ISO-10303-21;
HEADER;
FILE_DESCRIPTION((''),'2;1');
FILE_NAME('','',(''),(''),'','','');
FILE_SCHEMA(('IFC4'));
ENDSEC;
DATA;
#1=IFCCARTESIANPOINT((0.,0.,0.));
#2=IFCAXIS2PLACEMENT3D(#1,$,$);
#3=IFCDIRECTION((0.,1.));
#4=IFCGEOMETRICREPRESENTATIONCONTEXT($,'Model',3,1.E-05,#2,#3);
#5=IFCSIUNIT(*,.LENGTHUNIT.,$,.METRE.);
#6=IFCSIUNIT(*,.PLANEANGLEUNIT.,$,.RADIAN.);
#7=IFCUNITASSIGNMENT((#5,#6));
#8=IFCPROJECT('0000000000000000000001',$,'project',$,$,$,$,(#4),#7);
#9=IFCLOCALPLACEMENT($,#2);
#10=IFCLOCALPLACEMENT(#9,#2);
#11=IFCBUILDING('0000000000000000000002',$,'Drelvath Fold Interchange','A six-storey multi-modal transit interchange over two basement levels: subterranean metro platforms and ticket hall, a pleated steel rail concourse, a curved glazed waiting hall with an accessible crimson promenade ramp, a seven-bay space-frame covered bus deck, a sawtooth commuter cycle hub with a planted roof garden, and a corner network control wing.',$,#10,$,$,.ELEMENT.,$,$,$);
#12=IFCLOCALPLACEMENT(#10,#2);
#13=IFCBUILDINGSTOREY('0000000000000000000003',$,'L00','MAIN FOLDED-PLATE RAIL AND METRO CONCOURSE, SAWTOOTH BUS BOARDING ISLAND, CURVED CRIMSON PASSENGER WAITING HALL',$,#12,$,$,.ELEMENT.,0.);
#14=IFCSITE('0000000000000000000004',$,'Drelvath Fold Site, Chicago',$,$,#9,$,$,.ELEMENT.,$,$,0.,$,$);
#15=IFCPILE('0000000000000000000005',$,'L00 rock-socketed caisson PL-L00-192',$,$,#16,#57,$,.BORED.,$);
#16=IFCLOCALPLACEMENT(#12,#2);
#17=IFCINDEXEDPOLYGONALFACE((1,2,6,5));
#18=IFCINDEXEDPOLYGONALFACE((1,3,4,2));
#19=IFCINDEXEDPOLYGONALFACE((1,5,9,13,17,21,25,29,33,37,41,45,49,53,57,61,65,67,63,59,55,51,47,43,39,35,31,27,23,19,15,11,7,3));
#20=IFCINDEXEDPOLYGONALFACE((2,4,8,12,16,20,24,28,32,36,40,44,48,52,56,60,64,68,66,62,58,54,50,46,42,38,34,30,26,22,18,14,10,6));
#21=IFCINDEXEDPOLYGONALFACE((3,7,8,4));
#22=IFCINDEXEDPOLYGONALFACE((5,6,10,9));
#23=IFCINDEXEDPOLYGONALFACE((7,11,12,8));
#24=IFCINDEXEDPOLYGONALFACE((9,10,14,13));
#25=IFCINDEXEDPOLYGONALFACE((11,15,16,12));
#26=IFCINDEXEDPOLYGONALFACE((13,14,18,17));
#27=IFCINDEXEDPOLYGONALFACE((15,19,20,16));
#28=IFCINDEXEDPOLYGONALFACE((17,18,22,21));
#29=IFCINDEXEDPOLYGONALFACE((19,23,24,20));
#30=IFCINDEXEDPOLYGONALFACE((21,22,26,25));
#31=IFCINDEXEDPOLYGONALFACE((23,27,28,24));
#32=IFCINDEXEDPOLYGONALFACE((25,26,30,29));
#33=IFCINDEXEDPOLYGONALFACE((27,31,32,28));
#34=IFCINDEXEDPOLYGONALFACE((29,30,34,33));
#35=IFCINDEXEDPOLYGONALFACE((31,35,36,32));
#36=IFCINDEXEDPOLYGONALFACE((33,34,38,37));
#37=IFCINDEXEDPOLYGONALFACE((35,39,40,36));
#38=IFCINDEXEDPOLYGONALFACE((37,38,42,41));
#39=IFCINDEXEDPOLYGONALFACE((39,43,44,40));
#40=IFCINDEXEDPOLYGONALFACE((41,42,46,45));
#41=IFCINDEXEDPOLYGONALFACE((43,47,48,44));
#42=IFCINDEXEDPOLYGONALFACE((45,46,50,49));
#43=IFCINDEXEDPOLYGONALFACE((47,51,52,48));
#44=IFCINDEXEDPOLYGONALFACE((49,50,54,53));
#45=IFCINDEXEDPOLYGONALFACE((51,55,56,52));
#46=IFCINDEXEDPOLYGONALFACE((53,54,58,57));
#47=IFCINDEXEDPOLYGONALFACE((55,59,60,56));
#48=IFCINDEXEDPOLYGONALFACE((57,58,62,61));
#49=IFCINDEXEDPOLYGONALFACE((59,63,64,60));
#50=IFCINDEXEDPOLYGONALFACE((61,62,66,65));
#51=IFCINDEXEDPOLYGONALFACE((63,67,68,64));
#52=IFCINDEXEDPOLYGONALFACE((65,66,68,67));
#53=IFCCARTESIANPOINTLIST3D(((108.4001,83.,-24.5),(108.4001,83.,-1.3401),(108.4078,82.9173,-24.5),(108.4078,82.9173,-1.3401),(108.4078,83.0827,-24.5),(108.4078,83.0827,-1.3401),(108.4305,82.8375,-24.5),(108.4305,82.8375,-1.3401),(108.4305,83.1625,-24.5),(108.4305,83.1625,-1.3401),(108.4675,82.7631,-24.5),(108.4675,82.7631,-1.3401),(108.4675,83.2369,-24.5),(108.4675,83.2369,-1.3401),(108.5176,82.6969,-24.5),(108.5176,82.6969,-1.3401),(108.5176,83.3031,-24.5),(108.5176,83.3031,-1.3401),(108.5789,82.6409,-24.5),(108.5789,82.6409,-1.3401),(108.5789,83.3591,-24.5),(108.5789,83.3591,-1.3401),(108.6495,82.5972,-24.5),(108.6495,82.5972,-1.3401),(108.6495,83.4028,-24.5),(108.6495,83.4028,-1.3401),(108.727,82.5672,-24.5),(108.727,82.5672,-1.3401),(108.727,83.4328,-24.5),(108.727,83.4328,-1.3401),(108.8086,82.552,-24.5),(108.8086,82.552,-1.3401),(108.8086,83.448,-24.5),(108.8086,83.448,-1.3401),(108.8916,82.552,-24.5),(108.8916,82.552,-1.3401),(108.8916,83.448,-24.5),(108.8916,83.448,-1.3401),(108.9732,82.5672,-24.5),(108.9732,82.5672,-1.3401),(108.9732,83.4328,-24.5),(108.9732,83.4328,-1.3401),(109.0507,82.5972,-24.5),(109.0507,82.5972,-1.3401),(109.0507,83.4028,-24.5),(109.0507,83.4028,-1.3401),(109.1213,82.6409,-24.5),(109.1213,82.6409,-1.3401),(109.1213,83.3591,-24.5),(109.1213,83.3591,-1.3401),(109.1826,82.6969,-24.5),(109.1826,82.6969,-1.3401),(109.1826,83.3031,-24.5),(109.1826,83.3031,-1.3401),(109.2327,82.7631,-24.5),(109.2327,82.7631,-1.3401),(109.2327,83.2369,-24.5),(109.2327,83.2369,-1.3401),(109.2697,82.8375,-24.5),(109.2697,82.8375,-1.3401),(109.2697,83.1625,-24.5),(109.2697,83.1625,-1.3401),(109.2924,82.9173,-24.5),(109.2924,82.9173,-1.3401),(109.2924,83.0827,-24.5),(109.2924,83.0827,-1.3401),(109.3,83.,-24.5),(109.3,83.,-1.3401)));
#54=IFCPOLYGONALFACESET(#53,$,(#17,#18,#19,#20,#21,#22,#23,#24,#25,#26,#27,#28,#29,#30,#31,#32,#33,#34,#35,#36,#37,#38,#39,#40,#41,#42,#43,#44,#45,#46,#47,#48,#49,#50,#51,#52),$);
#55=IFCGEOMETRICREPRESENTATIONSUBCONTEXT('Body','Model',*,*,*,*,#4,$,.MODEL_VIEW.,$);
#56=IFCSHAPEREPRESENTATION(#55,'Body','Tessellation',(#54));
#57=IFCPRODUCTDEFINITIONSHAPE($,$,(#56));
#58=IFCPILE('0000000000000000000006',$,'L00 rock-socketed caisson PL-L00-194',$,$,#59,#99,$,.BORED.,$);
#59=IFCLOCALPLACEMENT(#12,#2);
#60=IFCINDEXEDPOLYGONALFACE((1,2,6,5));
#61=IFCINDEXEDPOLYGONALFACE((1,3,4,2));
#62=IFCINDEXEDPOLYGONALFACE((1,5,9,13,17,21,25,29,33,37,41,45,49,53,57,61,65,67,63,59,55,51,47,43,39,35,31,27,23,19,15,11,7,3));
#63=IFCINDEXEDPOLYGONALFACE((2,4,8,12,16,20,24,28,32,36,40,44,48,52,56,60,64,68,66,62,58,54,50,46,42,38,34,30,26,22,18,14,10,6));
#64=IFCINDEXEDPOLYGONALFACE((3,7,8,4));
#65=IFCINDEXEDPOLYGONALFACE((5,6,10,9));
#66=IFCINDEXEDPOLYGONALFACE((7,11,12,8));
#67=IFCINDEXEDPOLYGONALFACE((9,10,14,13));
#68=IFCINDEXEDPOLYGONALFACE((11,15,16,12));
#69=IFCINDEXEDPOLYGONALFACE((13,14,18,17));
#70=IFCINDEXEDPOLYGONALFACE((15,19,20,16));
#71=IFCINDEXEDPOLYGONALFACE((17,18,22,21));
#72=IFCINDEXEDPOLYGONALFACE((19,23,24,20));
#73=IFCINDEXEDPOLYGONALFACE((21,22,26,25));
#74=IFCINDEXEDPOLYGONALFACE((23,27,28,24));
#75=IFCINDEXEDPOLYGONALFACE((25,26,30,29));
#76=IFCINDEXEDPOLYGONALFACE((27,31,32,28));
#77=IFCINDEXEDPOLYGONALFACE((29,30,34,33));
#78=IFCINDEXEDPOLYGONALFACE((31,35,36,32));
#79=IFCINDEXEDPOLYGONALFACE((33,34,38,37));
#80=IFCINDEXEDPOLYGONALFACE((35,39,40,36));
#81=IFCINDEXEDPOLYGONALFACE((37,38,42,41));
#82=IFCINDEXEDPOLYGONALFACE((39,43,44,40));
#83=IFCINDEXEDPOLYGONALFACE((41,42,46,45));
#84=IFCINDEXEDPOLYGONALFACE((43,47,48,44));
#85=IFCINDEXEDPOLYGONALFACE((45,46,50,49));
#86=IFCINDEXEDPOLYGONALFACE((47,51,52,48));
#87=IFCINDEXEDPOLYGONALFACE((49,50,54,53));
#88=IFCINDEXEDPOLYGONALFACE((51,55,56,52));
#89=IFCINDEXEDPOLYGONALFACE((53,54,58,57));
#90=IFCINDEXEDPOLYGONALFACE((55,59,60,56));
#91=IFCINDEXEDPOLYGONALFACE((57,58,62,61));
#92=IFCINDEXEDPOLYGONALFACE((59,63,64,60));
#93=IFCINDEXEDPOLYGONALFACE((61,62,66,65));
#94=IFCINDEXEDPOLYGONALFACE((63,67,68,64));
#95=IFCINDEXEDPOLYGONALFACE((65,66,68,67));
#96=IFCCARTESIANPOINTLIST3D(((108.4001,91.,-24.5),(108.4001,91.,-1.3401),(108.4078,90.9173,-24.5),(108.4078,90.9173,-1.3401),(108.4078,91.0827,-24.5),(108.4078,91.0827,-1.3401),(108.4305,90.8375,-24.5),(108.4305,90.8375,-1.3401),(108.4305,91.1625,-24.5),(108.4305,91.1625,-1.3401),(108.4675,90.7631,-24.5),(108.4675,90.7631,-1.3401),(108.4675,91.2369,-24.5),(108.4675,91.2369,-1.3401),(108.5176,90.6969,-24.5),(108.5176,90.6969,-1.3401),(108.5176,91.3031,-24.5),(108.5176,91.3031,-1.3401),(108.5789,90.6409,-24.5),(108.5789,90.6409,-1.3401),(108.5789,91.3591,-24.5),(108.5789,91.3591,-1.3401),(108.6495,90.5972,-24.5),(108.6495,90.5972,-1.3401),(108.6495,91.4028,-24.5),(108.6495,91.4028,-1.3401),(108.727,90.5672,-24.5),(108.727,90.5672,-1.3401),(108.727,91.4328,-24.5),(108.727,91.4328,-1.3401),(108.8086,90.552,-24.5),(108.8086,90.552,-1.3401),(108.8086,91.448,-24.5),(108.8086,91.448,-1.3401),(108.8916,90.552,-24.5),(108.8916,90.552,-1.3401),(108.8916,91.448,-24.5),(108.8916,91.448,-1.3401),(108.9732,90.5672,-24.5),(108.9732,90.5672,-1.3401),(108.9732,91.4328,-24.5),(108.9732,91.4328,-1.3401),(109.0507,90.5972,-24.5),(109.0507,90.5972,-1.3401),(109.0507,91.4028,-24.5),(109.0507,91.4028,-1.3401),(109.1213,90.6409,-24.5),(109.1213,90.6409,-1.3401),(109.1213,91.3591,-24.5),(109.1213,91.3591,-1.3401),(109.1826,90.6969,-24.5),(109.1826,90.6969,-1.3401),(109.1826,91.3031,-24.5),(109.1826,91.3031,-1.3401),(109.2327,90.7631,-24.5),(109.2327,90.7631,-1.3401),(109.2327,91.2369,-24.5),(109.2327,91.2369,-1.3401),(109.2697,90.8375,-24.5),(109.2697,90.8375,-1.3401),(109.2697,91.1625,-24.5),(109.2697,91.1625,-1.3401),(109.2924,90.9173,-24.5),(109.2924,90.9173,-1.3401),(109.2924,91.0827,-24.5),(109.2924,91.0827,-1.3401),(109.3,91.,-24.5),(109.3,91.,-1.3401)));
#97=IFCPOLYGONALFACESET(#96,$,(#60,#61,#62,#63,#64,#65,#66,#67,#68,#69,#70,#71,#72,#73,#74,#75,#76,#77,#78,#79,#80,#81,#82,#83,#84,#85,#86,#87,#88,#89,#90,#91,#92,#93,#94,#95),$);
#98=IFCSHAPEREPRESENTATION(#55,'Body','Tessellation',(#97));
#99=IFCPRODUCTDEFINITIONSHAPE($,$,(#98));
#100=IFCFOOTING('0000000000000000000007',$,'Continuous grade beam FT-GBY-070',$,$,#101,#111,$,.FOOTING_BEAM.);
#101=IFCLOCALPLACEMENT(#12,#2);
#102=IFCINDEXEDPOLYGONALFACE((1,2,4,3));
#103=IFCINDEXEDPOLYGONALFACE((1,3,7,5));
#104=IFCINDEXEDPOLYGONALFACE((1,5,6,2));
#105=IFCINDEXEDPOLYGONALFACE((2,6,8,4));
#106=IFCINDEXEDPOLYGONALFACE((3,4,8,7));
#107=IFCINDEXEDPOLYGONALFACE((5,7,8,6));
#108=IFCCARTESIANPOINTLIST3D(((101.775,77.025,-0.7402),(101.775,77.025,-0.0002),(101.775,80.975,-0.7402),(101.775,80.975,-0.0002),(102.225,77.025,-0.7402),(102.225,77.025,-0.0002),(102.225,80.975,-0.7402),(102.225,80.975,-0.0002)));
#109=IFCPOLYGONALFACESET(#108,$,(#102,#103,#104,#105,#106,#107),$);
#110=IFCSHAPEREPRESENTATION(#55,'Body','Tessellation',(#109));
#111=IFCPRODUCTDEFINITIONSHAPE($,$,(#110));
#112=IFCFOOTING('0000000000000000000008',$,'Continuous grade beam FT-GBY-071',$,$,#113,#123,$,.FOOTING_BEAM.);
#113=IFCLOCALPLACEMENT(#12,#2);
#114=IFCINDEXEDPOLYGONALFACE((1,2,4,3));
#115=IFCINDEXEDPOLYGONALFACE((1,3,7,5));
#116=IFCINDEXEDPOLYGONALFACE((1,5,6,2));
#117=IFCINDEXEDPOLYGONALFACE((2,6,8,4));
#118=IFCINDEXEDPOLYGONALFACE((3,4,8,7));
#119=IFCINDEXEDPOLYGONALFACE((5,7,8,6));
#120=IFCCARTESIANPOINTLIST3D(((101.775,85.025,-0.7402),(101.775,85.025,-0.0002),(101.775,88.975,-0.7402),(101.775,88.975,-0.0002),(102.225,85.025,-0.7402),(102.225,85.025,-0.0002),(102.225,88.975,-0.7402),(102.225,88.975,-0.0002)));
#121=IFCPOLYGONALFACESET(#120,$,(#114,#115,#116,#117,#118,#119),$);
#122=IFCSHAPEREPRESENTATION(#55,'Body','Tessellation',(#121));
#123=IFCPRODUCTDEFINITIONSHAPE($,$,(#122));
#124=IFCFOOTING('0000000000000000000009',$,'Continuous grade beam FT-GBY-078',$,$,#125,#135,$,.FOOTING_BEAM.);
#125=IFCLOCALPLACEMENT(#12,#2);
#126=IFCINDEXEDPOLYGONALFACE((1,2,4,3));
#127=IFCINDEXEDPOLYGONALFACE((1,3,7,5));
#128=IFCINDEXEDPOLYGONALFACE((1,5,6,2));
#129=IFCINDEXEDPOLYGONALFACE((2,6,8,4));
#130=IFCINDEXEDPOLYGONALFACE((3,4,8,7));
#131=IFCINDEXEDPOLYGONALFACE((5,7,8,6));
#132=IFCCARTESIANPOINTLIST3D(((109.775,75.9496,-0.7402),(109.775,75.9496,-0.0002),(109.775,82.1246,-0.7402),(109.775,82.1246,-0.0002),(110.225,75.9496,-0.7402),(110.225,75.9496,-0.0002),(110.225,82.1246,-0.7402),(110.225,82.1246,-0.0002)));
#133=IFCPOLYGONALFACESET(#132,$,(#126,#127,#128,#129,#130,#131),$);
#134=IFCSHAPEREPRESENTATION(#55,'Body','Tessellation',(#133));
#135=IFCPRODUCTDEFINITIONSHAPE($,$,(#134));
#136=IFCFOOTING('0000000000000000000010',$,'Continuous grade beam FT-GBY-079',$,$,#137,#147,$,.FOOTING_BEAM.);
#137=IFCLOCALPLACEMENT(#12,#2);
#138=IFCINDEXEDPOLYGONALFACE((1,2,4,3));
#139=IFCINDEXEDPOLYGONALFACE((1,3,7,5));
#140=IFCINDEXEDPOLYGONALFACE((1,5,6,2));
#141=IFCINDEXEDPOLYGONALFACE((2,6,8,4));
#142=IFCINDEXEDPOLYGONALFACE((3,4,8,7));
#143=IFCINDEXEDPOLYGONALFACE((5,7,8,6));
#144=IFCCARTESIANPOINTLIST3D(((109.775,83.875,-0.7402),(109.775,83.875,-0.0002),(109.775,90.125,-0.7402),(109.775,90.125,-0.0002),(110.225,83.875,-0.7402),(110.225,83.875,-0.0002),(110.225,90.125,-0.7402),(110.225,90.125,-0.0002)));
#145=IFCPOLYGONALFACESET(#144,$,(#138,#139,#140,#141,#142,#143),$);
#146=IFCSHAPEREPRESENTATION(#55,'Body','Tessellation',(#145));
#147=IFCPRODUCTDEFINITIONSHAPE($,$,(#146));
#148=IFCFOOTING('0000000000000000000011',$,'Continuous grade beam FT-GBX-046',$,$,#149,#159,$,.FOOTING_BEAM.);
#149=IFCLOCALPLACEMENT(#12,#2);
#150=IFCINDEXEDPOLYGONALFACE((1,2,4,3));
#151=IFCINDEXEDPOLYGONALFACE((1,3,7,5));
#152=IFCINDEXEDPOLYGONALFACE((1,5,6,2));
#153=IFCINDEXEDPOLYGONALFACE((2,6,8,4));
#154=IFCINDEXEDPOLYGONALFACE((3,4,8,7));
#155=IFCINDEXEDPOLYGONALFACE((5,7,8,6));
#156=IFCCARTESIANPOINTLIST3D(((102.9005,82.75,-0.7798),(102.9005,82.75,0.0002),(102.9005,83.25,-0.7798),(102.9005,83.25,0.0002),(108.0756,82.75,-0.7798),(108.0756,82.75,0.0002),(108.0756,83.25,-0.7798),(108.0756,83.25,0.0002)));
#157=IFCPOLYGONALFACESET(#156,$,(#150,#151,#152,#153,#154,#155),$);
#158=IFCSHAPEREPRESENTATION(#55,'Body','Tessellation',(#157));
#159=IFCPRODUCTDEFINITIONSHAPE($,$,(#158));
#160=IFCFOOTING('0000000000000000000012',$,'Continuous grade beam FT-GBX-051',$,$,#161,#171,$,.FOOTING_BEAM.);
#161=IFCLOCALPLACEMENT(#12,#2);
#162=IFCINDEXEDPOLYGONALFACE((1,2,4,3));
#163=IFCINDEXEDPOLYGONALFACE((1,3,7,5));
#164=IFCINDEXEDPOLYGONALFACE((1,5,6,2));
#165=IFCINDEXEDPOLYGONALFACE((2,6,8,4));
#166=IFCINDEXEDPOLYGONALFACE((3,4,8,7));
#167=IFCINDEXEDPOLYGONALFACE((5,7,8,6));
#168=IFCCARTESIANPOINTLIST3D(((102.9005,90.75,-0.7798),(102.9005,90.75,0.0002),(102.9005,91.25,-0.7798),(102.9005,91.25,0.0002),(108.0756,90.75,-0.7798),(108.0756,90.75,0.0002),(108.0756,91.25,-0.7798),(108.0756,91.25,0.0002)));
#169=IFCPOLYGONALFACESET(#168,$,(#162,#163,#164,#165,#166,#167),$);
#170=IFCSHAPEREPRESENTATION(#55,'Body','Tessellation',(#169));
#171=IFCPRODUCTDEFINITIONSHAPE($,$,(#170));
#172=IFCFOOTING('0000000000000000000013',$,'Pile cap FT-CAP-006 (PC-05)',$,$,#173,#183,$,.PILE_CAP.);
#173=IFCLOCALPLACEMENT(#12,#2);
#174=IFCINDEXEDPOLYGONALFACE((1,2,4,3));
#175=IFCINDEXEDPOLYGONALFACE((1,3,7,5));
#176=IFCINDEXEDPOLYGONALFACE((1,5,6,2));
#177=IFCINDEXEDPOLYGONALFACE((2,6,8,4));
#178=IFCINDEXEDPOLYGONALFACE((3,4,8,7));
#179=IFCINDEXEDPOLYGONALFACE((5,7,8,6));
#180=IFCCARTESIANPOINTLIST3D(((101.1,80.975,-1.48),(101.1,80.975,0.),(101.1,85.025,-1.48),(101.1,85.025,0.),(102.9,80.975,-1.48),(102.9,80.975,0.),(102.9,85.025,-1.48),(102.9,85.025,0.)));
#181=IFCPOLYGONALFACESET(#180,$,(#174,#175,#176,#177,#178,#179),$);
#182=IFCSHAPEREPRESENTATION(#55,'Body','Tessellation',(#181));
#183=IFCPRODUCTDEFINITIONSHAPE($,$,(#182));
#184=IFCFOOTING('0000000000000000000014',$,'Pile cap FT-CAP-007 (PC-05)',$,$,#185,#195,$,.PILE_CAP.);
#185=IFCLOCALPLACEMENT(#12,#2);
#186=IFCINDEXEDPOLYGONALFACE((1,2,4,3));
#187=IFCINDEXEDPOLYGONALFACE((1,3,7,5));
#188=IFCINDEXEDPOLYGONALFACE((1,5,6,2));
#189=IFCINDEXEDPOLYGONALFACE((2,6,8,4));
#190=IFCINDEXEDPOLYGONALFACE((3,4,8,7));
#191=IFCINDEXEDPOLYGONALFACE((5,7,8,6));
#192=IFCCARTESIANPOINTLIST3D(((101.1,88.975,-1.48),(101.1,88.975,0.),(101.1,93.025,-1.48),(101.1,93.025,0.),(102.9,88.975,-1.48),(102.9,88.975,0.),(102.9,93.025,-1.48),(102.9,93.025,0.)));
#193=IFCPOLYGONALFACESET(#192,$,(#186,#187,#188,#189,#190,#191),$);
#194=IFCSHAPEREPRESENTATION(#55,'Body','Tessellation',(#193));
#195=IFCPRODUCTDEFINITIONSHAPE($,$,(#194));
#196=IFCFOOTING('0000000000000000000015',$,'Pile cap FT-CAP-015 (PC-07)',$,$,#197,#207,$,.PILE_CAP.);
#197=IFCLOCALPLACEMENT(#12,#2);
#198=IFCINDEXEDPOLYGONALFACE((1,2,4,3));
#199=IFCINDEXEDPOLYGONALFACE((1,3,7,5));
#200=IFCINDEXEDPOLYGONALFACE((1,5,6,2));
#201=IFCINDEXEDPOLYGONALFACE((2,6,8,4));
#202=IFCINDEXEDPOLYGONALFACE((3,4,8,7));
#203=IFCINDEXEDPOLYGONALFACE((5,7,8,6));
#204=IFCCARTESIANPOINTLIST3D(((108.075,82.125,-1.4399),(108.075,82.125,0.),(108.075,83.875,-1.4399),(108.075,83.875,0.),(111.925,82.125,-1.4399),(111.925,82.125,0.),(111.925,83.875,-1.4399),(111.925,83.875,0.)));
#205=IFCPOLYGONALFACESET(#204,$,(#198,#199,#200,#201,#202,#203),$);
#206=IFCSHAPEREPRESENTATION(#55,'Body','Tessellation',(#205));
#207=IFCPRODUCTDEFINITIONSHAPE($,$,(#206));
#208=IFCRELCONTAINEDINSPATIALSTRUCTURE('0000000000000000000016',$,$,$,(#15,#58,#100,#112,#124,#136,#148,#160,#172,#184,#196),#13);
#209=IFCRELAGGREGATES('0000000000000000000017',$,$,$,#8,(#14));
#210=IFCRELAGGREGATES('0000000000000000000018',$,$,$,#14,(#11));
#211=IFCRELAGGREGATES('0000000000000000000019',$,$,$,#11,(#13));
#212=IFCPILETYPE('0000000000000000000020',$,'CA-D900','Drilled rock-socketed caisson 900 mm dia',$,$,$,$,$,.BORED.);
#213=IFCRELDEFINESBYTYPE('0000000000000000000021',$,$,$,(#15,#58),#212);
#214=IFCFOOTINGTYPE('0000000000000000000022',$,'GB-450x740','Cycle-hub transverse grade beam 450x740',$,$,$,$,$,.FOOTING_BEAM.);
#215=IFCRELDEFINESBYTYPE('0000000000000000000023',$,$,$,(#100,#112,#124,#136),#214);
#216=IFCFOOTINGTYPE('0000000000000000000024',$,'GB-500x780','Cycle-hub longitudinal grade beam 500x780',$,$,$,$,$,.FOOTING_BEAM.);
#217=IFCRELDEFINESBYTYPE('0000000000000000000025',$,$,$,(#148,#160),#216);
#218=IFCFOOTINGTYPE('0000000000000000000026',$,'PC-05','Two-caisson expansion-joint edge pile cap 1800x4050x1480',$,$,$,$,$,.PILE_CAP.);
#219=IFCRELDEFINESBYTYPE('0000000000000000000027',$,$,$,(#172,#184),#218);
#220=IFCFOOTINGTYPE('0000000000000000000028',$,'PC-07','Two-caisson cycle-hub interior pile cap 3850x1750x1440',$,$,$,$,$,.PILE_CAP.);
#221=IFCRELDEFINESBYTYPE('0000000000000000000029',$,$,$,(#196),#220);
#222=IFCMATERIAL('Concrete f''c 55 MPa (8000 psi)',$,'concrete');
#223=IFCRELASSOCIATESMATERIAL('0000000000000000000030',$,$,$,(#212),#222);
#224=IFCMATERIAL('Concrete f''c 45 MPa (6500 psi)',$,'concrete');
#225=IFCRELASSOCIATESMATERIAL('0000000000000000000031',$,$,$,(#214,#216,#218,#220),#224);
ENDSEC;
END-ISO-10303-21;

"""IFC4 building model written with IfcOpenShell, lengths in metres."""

from ifc_helpers import new_model, si_unit, direction, frame, origin, origin_2d, place, context, subcontext, project, spatial, rectangle, circle, extrude, material, material_profile, profile_set, type_object, element, save


model = new_model("IFC4")

# Units and contexts
model_context = context("Model", 3, precision=1e-05, world=origin(), true_north=direction((0.0, 1.0)))
body_context = subcontext(model_context, "Body", "Model", "MODEL_VIEW")
ifc_project = project(units=[si_unit("LENGTHUNIT", "METRE"), si_unit("PLANEANGLEUNIT", "RADIAN")], contexts=[model_context])

# Site, building, storey
site_placement = place(None, origin())
site = spatial("IfcSite", under=ifc_project, at=site_placement, Name="Drelvath Fold Site, Chicago", CompositionType="ELEMENT", RefElevation=0.0)
building_placement = place(site_placement, origin())
building = spatial("IfcBuilding", under=site, at=building_placement, Name="Drelvath Fold Interchange", Description="A six-storey multi-modal transit interchange over two basement levels: subterranean metro platforms and ticket hall, a pleated steel rail concourse, a curved glazed waiting hall with an accessible crimson promenade ramp, a seven-bay space-frame covered bus deck, a sawtooth commuter cycle hub with a planted roof garden, and a corner network control wing.", CompositionType="ELEMENT")
storey_placement = place(building_placement, origin())
storey = spatial("IfcBuildingStorey", under=building, at=storey_placement, Name="L00", Description="MAIN FOLDED-PLATE RAIL AND METRO CONCOURSE, SAWTOOTH BUS BOARDING ISLAND, CURVED CRIMSON PASSENGER WAITING HALL", CompositionType="ELEMENT", Elevation=0.0)

# Piles
ifc_material_1 = material(Name="Concrete f'c 55 MPa (8000 psi)", Category="concrete")
ifc_material_profile_1 = material_profile(ifc_material_1, circle(Radius=0.45, at=origin_2d()), Name="CAISSON D900")
ifc_profile_set_1 = profile_set([ifc_material_profile_1], Name="Concrete f'c 55 MPa (8000 psi)")
pile_type = type_object("IfcPileType", Name="CA-D900", Description="Drilled rock-socketed caisson 900 mm dia", PredefinedType="BORED", material=ifc_profile_set_1)
for number, where, z_axis, x_axis, name in (
    (1, (108.8501, 83.0, -1.3401), (0.0, 0.0, -1.0), (1.0, 0.0, 0.0), "L00 rock-socketed caisson PL-L00-192"),
    (2, (108.8501, 91.0, -1.3401), (0.0, 0.0, -1.0), (1.0, 0.0, 0.0), "L00 rock-socketed caisson PL-L00-194"),
):
    element("IfcPile", number, at=place(storey_placement, frame(where, z_axis=z_axis, x_axis=x_axis)), inside=storey, type_object=pile_type, Name=name, PredefinedType="BORED", context=body_context, shape_type="SweptSolid", body=[
        extrude(circle(Radius=0.45, at=origin_2d()), origin(), (0.0, 0.0, 1.0), 23.1599),
    ])

# Footings
ifc_material_2 = material(Name="Concrete f'c 45 MPa (6500 psi)", Category="concrete")
footing_type_1 = type_object("IfcFootingType", Name="GB-450x740", Description="Cycle-hub transverse grade beam 450x740", PredefinedType="FOOTING_BEAM", material=ifc_material_2)
for number, where, z_axis, x_axis, name in (
    (3, (102.0, 79.0, -0.7402), (0.0, 0.0, 1.0), (1.0, 0.0, 0.0), "Continuous grade beam FT-GBY-070"),
    (4, (102.0, 87.0, -0.7402), (0.0, 0.0, 1.0), (1.0, 0.0, 0.0), "Continuous grade beam FT-GBY-071"),
):
    element("IfcFooting", number, at=place(storey_placement, frame(where, z_axis=z_axis, x_axis=x_axis)), inside=storey, type_object=footing_type_1, Name=name, PredefinedType="FOOTING_BEAM", context=body_context, shape_type="SweptSolid", body=[
        extrude(rectangle(XDim=0.45, YDim=3.95, at=origin_2d()), origin(), (0.0, 0.0, 1.0), 0.74),
    ])
footing_1_placement = place(storey_placement, frame((110.0, 79.0371, -0.7402), z_axis=(0.0, 0.0, 1.0), x_axis=(1.0, 0.0, 0.0)))
element("IfcFooting", 5, at=footing_1_placement, inside=storey, type_object=footing_type_1, Name="Continuous grade beam FT-GBY-078", PredefinedType="FOOTING_BEAM", context=body_context, shape_type="SweptSolid", body=[
    extrude(rectangle(XDim=0.45, YDim=6.175, at=origin_2d()), origin(), (0.0, 0.0, 1.0), 0.74),
])
footing_2_placement = place(storey_placement, frame((110.0, 87.0, -0.7402), z_axis=(0.0, 0.0, 1.0), x_axis=(1.0, 0.0, 0.0)))
element("IfcFooting", 6, at=footing_2_placement, inside=storey, type_object=footing_type_1, Name="Continuous grade beam FT-GBY-079", PredefinedType="FOOTING_BEAM", context=body_context, shape_type="SweptSolid", body=[
    extrude(rectangle(XDim=0.45, YDim=6.25, at=origin_2d()), origin(), (0.0, 0.0, 1.0), 0.74),
])
footing_type_2 = type_object("IfcFootingType", Name="GB-500x780", Description="Cycle-hub longitudinal grade beam 500x780", PredefinedType="FOOTING_BEAM", material=ifc_material_2)
for number, where, z_axis, x_axis, name in (
    (7, (105.488, 83.0, -0.7798), (0.0, 0.0, 1.0), (1.0, 0.0, 0.0), "Continuous grade beam FT-GBX-046"),
    (8, (105.488, 91.0, -0.7798), (0.0, 0.0, 1.0), (1.0, 0.0, 0.0), "Continuous grade beam FT-GBX-051"),
):
    element("IfcFooting", number, at=place(storey_placement, frame(where, z_axis=z_axis, x_axis=x_axis)), inside=storey, type_object=footing_type_2, Name=name, PredefinedType="FOOTING_BEAM", context=body_context, shape_type="SweptSolid", body=[
        extrude(rectangle(XDim=5.175, YDim=0.5, at=origin_2d()), origin(), (0.0, 0.0, 1.0), 0.78),
    ])
footing_type_3 = type_object("IfcFootingType", Name="PC-05", Description="Two-caisson expansion-joint edge pile cap 1800x4050x1480", PredefinedType="PILE_CAP", material=ifc_material_2)
for number, where, z_axis, x_axis, name in (
    (9, (102.0, 83.0, -1.48), (0.0, 0.0, 1.0), (1.0, 0.0, 0.0), "Pile cap FT-CAP-006 (PC-05)"),
    (10, (102.0, 91.0, -1.48), (0.0, 0.0, 1.0), (1.0, 0.0, 0.0), "Pile cap FT-CAP-007 (PC-05)"),
):
    element("IfcFooting", number, at=place(storey_placement, frame(where, z_axis=z_axis, x_axis=x_axis)), inside=storey, type_object=footing_type_3, Name=name, PredefinedType="PILE_CAP", context=body_context, shape_type="SweptSolid", body=[
        extrude(rectangle(XDim=1.8, YDim=4.05, at=origin_2d()), origin(), (0.0, 0.0, 1.0), 1.48),
    ])
footing_type_4 = type_object("IfcFootingType", Name="PC-07", Description="Two-caisson cycle-hub interior pile cap 3850x1750x1440", PredefinedType="PILE_CAP", material=ifc_material_2)
for number, where, z_axis, x_axis, name in (
    (11, (110.0, 83.0, -1.4399), (0.0, 0.0, 1.0), (1.0, 0.0, 0.0), "Pile cap FT-CAP-015 (PC-07)"),
):
    element("IfcFooting", number, at=place(storey_placement, frame(where, z_axis=z_axis, x_axis=x_axis)), inside=storey, type_object=footing_type_4, Name=name, PredefinedType="PILE_CAP", context=body_context, shape_type="SweptSolid", body=[
        extrude(rectangle(XDim=3.8501, YDim=1.75, at=origin_2d()), origin(), (0.0, 0.0, 1.0), 1.4399),
    ])

save(model, "model.ifc")
